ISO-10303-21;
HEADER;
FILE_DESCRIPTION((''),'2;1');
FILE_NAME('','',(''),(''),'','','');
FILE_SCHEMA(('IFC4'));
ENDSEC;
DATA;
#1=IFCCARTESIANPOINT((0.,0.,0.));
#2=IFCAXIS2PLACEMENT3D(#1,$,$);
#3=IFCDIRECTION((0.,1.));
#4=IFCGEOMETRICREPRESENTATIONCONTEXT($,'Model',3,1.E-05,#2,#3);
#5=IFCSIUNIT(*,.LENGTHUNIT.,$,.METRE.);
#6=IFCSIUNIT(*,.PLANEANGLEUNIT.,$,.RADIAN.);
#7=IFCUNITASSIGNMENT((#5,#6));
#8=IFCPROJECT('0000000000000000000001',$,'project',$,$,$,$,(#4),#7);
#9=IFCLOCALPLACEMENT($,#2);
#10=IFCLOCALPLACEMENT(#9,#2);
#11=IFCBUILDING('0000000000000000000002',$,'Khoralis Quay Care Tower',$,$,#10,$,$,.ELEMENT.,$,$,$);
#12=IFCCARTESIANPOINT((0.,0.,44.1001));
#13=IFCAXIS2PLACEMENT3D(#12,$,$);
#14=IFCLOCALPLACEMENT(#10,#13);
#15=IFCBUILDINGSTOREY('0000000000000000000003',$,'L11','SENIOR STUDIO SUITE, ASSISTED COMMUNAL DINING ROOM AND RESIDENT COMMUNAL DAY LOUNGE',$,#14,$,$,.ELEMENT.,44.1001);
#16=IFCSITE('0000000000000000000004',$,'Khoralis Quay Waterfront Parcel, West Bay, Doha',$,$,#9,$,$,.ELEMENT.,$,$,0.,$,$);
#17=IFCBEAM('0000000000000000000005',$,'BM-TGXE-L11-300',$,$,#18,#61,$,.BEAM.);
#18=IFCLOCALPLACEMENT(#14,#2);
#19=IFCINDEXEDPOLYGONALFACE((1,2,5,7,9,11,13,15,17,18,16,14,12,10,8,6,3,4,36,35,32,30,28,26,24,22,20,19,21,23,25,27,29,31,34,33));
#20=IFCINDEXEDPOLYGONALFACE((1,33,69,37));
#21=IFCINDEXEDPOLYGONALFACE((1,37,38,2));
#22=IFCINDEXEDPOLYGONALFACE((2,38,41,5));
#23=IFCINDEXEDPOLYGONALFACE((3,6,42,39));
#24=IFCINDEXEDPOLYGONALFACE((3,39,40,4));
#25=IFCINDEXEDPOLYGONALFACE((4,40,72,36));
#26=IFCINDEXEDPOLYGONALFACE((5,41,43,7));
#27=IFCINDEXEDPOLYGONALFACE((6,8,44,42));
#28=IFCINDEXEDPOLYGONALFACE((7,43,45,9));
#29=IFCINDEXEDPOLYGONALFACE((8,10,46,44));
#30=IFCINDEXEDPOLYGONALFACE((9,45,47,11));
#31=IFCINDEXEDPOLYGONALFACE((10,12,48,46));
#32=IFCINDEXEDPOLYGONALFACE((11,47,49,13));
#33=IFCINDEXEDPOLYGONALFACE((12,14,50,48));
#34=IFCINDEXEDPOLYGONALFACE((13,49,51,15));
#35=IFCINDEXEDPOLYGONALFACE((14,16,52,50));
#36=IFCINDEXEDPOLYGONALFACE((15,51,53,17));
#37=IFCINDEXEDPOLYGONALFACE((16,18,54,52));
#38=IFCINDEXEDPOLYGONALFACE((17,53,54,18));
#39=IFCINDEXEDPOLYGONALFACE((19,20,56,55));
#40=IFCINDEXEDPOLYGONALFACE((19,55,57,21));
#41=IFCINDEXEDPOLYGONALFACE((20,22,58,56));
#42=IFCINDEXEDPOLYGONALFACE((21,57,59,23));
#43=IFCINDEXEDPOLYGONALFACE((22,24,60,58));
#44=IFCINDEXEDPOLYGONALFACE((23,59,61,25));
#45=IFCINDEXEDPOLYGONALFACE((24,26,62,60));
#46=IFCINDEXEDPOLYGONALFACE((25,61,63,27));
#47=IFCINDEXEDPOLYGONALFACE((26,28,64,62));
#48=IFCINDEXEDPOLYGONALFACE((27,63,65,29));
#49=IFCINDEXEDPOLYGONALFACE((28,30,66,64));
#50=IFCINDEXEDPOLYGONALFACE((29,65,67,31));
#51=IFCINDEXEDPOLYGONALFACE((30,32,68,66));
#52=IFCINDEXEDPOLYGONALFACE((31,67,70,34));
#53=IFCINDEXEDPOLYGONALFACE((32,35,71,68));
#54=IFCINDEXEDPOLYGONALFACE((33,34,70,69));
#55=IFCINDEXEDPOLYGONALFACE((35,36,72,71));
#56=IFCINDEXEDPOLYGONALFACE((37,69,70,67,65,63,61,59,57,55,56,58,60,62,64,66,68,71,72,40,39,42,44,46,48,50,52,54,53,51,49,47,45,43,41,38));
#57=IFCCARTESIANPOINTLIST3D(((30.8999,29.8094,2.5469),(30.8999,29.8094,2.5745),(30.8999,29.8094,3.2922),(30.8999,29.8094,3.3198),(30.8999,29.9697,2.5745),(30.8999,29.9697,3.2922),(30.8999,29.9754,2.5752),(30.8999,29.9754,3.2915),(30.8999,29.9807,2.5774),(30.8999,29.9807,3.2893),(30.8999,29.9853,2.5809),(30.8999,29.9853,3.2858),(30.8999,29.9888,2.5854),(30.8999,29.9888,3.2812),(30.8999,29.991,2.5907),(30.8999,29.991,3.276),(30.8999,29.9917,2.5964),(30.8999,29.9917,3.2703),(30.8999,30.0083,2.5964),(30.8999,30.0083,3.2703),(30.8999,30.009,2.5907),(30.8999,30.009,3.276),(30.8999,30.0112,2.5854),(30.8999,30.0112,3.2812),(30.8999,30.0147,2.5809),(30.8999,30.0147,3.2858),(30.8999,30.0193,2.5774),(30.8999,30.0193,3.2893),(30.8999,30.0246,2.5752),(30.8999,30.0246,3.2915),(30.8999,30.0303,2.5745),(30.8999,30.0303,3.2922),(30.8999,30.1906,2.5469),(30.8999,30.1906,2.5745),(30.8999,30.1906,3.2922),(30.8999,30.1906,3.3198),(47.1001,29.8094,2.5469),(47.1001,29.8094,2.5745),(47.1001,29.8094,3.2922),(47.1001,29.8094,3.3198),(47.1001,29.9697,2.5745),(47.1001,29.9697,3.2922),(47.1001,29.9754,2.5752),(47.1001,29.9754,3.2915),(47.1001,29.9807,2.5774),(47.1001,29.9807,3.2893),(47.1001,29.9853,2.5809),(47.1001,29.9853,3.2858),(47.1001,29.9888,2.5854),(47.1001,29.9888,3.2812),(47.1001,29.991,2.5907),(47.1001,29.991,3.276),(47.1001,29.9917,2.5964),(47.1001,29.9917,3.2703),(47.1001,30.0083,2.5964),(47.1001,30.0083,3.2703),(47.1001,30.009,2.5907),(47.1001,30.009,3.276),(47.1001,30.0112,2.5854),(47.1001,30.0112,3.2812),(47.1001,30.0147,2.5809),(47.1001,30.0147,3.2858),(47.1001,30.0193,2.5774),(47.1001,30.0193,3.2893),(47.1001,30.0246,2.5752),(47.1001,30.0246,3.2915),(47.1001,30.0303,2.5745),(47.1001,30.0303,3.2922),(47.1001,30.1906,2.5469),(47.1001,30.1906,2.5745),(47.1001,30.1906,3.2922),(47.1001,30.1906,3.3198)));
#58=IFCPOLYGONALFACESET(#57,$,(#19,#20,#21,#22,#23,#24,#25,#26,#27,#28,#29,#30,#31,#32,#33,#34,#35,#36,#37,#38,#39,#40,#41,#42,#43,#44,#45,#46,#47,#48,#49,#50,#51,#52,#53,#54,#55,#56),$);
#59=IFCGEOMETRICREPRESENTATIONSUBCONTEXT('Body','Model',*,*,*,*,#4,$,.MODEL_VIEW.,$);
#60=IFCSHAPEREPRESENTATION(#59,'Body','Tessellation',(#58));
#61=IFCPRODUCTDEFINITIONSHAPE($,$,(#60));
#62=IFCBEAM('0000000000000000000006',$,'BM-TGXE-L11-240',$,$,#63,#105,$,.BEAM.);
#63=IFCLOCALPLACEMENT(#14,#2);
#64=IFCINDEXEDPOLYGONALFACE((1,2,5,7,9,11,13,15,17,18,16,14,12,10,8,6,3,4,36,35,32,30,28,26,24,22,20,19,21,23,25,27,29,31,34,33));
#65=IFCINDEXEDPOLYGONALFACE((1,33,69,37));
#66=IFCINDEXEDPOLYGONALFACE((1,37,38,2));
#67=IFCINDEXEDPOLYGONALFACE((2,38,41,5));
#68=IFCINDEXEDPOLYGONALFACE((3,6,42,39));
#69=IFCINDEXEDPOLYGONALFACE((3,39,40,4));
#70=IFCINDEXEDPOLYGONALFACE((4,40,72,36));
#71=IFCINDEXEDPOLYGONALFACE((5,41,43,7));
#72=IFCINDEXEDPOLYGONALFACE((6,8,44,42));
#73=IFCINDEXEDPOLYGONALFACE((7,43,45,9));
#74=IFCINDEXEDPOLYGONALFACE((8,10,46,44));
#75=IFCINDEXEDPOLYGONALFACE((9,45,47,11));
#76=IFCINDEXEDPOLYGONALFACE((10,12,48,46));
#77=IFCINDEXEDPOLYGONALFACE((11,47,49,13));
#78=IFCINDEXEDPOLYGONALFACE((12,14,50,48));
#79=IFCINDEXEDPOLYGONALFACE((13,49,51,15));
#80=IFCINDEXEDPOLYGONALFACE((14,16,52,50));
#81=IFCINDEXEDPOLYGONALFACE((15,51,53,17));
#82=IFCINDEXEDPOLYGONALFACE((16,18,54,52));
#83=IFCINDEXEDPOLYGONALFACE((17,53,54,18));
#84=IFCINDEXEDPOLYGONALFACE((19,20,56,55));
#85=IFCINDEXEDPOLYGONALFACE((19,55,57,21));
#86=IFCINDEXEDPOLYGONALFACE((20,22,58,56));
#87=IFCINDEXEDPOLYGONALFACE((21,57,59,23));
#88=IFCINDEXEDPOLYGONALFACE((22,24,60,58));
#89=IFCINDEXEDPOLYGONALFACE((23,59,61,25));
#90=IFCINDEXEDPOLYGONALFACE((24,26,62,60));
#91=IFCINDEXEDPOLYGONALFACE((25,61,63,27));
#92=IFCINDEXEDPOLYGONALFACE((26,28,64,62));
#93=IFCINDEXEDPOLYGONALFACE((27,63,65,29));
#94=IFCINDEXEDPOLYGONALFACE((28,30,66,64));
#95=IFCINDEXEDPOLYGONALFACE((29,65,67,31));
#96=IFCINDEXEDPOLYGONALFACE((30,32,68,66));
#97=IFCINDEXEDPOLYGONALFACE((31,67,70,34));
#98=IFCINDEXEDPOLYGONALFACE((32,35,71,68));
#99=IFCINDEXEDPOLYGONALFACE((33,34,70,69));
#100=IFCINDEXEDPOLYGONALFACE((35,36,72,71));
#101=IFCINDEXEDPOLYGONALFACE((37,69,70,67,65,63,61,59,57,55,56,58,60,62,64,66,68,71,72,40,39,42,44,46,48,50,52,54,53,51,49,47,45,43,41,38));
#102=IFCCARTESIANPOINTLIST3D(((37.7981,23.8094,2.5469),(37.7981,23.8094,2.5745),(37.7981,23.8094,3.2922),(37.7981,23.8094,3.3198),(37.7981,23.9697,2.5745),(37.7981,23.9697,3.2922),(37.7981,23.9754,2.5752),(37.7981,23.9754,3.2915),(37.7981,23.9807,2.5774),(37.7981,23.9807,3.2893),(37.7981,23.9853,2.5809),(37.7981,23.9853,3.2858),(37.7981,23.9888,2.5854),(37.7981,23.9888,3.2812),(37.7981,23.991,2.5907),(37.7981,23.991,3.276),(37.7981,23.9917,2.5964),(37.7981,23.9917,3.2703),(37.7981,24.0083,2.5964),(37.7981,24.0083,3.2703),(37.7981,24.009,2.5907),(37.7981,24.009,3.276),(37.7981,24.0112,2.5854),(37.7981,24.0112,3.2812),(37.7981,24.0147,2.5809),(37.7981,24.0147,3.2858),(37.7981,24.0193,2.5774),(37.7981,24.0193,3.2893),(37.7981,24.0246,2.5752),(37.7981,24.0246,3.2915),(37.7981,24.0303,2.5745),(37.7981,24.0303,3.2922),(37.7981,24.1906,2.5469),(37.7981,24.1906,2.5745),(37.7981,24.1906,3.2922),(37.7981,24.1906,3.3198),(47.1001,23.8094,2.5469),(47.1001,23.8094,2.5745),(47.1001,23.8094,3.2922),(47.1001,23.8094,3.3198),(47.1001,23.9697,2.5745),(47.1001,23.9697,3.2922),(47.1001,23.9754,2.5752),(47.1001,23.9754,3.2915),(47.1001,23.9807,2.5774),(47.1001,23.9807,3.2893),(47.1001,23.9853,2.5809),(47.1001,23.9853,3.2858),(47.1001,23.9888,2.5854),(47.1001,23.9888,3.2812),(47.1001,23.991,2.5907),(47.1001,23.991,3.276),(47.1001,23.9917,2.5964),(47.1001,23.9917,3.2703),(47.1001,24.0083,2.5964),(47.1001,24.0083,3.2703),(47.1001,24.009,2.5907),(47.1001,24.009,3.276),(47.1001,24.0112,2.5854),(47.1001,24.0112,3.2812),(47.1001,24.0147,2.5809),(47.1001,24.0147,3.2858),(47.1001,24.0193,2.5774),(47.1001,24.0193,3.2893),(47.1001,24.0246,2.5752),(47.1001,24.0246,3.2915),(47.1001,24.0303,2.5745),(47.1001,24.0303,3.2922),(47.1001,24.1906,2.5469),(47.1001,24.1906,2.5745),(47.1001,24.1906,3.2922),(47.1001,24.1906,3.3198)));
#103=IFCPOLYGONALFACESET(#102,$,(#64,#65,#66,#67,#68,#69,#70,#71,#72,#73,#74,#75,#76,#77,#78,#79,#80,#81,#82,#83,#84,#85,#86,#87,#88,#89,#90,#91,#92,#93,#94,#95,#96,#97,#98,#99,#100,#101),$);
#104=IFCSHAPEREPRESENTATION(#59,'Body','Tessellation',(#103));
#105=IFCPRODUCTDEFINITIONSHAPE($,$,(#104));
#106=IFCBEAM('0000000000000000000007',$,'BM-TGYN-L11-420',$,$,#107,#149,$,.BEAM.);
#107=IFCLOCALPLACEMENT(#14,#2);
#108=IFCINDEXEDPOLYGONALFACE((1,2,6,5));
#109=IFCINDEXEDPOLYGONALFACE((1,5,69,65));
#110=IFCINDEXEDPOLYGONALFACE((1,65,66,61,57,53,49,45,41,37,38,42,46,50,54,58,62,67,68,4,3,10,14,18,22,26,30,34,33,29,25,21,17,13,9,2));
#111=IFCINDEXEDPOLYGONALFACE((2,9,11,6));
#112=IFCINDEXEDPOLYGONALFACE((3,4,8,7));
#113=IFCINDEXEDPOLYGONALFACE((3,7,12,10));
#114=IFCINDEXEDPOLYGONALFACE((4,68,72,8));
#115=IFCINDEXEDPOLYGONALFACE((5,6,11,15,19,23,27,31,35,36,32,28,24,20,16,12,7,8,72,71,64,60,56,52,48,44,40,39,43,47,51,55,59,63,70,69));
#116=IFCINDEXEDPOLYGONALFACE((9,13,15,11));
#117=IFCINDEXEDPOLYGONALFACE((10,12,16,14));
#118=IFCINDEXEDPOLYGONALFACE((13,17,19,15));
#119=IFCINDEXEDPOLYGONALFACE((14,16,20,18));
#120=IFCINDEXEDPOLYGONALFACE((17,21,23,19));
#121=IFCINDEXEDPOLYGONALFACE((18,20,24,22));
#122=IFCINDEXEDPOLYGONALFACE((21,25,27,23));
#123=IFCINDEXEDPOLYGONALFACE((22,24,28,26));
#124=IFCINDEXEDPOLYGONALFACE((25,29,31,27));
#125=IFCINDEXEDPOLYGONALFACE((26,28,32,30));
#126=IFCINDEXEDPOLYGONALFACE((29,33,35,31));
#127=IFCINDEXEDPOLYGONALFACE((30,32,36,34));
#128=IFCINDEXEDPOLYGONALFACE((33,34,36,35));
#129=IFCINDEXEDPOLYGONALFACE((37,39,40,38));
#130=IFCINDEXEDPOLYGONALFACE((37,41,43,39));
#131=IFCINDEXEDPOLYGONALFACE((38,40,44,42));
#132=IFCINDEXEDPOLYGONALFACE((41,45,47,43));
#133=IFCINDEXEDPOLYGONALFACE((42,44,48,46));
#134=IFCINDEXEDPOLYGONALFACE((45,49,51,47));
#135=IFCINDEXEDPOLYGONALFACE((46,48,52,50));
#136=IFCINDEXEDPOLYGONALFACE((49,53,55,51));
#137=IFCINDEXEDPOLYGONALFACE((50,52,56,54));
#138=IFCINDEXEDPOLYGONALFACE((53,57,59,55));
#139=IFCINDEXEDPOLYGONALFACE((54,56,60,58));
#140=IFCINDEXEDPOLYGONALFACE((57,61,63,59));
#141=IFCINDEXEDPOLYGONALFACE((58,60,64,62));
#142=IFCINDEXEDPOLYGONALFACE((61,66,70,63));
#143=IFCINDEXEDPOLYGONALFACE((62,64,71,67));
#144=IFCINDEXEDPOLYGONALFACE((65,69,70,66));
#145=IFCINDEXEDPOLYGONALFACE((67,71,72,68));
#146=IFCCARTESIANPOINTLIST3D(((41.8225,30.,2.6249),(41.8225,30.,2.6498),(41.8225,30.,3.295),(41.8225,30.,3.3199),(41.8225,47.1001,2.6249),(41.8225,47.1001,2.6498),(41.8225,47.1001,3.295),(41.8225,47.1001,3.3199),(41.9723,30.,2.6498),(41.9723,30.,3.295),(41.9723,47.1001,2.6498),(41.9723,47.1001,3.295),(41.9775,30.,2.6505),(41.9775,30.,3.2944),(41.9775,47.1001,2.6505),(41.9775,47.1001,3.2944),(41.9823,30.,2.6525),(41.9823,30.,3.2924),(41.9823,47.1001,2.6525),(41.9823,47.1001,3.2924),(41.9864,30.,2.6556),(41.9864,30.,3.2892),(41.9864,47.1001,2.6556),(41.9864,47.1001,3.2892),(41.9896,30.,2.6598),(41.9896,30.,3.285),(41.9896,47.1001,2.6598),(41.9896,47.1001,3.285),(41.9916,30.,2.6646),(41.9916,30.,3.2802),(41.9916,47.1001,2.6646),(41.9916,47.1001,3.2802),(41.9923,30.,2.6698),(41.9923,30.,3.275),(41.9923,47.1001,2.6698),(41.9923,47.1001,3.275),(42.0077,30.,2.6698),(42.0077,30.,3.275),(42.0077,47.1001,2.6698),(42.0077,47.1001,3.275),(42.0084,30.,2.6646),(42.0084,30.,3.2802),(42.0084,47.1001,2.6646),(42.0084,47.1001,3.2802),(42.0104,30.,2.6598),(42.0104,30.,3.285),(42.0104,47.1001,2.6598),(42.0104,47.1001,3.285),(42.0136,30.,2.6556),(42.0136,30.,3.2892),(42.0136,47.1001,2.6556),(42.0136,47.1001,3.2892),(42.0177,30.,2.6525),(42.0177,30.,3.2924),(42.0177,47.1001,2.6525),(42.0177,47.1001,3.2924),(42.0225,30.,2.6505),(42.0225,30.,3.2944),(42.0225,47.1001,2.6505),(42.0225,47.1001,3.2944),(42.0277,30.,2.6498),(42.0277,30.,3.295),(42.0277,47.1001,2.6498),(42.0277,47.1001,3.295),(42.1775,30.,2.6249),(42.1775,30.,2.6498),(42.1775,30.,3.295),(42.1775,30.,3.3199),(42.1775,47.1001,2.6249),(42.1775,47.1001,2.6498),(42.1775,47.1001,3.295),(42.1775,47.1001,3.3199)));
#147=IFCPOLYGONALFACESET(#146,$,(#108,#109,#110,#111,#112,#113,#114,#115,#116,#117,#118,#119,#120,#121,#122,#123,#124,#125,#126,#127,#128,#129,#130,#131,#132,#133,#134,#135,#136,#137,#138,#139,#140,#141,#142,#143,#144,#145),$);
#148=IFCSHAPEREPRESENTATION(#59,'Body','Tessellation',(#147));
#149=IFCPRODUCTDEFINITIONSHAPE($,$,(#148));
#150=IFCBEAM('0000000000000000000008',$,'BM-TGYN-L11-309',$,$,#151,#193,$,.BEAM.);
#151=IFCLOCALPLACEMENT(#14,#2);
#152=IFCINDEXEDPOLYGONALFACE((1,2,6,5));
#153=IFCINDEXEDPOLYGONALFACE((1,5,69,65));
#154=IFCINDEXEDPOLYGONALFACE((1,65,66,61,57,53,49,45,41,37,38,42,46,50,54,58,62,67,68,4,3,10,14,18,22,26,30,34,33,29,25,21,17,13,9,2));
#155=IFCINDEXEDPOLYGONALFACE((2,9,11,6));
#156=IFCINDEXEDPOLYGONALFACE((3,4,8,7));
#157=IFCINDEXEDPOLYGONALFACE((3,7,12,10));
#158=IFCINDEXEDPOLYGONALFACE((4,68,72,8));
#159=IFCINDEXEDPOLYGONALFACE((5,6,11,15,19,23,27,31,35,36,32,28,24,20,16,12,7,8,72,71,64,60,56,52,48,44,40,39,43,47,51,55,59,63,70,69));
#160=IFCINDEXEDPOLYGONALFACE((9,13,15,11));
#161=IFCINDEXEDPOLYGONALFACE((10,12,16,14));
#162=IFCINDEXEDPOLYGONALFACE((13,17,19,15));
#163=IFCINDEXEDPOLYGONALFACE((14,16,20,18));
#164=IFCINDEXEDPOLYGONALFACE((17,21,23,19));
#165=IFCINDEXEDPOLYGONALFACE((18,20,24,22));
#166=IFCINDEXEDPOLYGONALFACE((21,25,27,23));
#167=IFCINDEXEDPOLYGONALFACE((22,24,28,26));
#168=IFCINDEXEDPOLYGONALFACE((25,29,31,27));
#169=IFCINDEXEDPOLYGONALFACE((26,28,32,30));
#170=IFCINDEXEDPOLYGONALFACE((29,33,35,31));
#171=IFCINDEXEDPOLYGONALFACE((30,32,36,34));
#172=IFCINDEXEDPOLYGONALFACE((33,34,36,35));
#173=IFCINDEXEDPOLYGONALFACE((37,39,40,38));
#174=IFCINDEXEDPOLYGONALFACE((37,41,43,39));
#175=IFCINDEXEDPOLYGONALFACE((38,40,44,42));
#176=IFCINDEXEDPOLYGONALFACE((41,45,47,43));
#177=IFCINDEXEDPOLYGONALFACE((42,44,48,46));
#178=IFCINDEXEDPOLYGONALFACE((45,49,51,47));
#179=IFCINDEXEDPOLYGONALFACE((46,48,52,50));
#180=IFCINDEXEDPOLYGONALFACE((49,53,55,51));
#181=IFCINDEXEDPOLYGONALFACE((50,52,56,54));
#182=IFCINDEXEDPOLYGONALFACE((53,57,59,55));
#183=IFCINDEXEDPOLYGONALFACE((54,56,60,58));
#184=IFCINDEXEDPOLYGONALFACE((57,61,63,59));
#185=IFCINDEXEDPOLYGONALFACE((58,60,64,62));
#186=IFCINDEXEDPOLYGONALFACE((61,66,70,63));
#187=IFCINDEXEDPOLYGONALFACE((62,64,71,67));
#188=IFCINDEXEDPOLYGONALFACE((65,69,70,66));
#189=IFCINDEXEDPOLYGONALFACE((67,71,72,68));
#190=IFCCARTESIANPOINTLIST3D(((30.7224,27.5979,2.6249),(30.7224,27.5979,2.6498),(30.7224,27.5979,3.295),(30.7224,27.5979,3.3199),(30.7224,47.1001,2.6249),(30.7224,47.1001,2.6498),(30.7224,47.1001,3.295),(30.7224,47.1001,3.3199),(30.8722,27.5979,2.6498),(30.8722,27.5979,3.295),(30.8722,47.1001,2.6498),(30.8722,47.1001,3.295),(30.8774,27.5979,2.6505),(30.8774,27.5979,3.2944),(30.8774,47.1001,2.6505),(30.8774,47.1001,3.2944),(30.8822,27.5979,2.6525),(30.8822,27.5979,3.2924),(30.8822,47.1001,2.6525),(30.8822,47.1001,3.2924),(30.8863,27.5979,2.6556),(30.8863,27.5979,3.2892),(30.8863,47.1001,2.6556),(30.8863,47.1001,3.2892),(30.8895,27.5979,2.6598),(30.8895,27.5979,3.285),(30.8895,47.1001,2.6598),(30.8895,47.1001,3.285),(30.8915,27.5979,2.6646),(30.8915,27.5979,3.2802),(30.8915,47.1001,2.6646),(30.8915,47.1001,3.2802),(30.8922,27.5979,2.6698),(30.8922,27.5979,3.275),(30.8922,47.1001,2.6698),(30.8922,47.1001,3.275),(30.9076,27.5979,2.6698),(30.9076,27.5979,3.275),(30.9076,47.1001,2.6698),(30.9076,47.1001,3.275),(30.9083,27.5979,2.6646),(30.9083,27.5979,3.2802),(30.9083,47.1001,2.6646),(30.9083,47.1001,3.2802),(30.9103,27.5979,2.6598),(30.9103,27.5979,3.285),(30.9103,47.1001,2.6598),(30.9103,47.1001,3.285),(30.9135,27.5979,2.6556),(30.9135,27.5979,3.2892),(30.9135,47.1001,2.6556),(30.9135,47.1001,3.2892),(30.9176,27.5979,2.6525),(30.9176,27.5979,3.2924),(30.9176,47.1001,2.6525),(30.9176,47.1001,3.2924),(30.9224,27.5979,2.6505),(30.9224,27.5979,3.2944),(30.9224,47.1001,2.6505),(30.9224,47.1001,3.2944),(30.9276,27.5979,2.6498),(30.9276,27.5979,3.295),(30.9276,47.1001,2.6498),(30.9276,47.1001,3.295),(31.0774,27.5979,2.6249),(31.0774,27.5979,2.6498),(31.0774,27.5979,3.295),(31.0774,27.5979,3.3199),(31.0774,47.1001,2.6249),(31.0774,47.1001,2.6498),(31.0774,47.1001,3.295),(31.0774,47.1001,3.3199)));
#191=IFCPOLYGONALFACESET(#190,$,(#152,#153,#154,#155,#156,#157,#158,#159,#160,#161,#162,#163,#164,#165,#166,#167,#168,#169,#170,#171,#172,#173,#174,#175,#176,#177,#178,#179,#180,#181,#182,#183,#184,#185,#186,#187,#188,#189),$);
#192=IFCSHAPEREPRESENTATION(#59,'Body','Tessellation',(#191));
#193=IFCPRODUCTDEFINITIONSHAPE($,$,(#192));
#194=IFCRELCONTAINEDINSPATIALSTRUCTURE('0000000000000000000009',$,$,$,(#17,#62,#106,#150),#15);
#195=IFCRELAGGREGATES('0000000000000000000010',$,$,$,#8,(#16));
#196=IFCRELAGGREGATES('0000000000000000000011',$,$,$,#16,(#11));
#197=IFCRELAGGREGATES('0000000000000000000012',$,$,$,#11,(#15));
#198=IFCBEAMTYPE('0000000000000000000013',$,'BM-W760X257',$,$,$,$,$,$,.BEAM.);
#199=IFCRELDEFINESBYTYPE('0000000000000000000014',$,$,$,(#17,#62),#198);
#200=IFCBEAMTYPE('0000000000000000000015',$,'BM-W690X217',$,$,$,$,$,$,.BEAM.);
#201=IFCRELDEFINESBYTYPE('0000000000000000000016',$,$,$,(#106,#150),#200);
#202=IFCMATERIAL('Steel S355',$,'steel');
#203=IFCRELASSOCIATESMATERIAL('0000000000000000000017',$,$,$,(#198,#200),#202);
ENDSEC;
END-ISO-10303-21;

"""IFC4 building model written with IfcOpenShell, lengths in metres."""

from ifc_helpers import new_model, si_unit, direction, frame, origin, origin_2d, place, context, subcontext, project, spatial, i_section, extrude, source, transform, mapped, material, material_profile, profile_set, type_object, element, save


model = new_model("IFC4")

# Units and contexts
model_context = context("Model", 3, precision=1e-05, world=origin(), true_north=direction((0.0, 1.0)))
body_context = subcontext(model_context, "Body", "Model", "MODEL_VIEW")
ifc_project = project(units=[si_unit("LENGTHUNIT", "METRE"), si_unit("PLANEANGLEUNIT", "RADIAN")], contexts=[model_context])

# Site, building, storey
site_placement = place(None, origin())
site = spatial("IfcSite", under=ifc_project, at=site_placement, Name="Khoralis Quay Waterfront Parcel, West Bay, Doha", CompositionType="ELEMENT", RefElevation=0.0)
building_placement = place(site_placement, origin())
building = spatial("IfcBuilding", under=site, at=building_placement, Name="Khoralis Quay Care Tower", CompositionType="ELEMENT")
storey_placement = place(building_placement, frame((0.0, 0.0, 44.1001)))
storey = spatial("IfcBuildingStorey", under=building, at=storey_placement, Name="L11", Description="SENIOR STUDIO SUITE, ASSISTED COMMUNAL DINING ROOM AND RESIDENT COMMUNAL DAY LOUNGE", CompositionType="ELEMENT", Elevation=44.1001)

# Beams
ifc_material_1 = material(Name="Steel S355", Category="steel")
ifc_material_profile_1 = material_profile(ifc_material_1, i_section(OverallWidth=0.3811, OverallDepth=0.7729, WebThickness=0.0166, FlangeThickness=0.0276, FilletRadius=0.022, at=origin_2d()), Name="Steel S355")
ifc_profile_set_1 = profile_set([ifc_material_profile_1], Name="Steel S355")
beam_type_1 = type_object("IfcBeamType", Name="BM-W760X257", PredefinedType="BEAM", material=ifc_profile_set_1)
shared_shape_1 = source(origin(), body_context, "Body", "SweptSolid", [
    extrude(i_section(OverallWidth=0.3811, OverallDepth=0.7729, WebThickness=0.0166, FlangeThickness=0.0276, FilletRadius=0.022, at=origin_2d()), origin(), (0.0, 0.0, 1.0), 16.2002),
])
beam_1_placement = place(storey_placement, frame((30.8999, 30.0, 2.9333), z_axis=(1.0, 0.0, 0.0), x_axis=(0.0, 1.0, 0.0)))
element("IfcBeam", 1, at=beam_1_placement, inside=storey, type_object=beam_type_1, Name="BM-TGXE-L11-300", PredefinedType="BEAM", context=body_context, shape_type="MappedRepresentation", body=[
    mapped(shared_shape_1, transform((0.0, 0.0, 0.0), scale=1.0)),
])
shared_shape_2 = source(origin(), body_context, "Body", "SweptSolid", [
    extrude(i_section(OverallWidth=0.3811, OverallDepth=0.7729, WebThickness=0.0166, FlangeThickness=0.0276, FilletRadius=0.022, at=origin_2d()), origin(), (0.0, 0.0, 1.0), 9.302),
])
beam_2_placement = place(storey_placement, frame((37.7981, 24.0, 2.9333), z_axis=(1.0, 0.0, 0.0), x_axis=(0.0, 1.0, 0.0)))
element("IfcBeam", 2, at=beam_2_placement, inside=storey, type_object=beam_type_1, Name="BM-TGXE-L11-240", PredefinedType="BEAM", context=body_context, shape_type="MappedRepresentation", body=[
    mapped(shared_shape_2, transform((0.0, 0.0, 0.0), scale=1.0)),
])
ifc_material_profile_2 = material_profile(ifc_material_1, i_section(OverallWidth=0.355, OverallDepth=0.6951, WebThickness=0.0154, FlangeThickness=0.0249, FilletRadius=0.02, at=origin_2d()), Name="Steel S355")
ifc_profile_set_2 = profile_set([ifc_material_profile_2], Name="Steel S355")
beam_type_2 = type_object("IfcBeamType", Name="BM-W690X217", PredefinedType="BEAM", material=ifc_profile_set_2)
shared_shape_3 = source(origin(), body_context, "Body", "SweptSolid", [
    extrude(i_section(OverallWidth=0.355, OverallDepth=0.6951, WebThickness=0.0154, FlangeThickness=0.0249, FilletRadius=0.02, at=origin_2d()), origin(), (0.0, 0.0, 1.0), 17.1001),
])
beam_3_placement = place(storey_placement, frame((42.0, 30.0, 2.9724), z_axis=(0.0, 1.0, 0.0), x_axis=(-1.0, 0.0, 0.0)))
element("IfcBeam", 3, at=beam_3_placement, inside=storey, type_object=beam_type_2, Name="BM-TGYN-L11-420", PredefinedType="BEAM", context=body_context, shape_type="MappedRepresentation", body=[
    mapped(shared_shape_3, transform((0.0, 0.0, 0.0), scale=1.0)),
])
shared_shape_4 = source(origin(), body_context, "Body", "SweptSolid", [
    extrude(i_section(OverallWidth=0.355, OverallDepth=0.6951, WebThickness=0.0154, FlangeThickness=0.0249, FilletRadius=0.02, at=origin_2d()), origin(), (0.0, 0.0, 1.0), 19.5022),
])
for number, where, z_axis, x_axis, name in (
    (4, (30.8999, 27.5979, 2.9724), (0.0, 1.0, 0.0), (-1.0, 0.0, 0.0), "BM-TGYN-L11-309"),
):
    element("IfcBeam", number, at=place(storey_placement, frame(where, z_axis=z_axis, x_axis=x_axis)), inside=storey, type_object=beam_type_2, Name=name, PredefinedType="BEAM", context=body_context, shape_type="MappedRepresentation", body=[
        mapped(shared_shape_4, transform((0.0, 0.0, 0.0), scale=1.0)),
    ])

save(model, "model.ifc")
